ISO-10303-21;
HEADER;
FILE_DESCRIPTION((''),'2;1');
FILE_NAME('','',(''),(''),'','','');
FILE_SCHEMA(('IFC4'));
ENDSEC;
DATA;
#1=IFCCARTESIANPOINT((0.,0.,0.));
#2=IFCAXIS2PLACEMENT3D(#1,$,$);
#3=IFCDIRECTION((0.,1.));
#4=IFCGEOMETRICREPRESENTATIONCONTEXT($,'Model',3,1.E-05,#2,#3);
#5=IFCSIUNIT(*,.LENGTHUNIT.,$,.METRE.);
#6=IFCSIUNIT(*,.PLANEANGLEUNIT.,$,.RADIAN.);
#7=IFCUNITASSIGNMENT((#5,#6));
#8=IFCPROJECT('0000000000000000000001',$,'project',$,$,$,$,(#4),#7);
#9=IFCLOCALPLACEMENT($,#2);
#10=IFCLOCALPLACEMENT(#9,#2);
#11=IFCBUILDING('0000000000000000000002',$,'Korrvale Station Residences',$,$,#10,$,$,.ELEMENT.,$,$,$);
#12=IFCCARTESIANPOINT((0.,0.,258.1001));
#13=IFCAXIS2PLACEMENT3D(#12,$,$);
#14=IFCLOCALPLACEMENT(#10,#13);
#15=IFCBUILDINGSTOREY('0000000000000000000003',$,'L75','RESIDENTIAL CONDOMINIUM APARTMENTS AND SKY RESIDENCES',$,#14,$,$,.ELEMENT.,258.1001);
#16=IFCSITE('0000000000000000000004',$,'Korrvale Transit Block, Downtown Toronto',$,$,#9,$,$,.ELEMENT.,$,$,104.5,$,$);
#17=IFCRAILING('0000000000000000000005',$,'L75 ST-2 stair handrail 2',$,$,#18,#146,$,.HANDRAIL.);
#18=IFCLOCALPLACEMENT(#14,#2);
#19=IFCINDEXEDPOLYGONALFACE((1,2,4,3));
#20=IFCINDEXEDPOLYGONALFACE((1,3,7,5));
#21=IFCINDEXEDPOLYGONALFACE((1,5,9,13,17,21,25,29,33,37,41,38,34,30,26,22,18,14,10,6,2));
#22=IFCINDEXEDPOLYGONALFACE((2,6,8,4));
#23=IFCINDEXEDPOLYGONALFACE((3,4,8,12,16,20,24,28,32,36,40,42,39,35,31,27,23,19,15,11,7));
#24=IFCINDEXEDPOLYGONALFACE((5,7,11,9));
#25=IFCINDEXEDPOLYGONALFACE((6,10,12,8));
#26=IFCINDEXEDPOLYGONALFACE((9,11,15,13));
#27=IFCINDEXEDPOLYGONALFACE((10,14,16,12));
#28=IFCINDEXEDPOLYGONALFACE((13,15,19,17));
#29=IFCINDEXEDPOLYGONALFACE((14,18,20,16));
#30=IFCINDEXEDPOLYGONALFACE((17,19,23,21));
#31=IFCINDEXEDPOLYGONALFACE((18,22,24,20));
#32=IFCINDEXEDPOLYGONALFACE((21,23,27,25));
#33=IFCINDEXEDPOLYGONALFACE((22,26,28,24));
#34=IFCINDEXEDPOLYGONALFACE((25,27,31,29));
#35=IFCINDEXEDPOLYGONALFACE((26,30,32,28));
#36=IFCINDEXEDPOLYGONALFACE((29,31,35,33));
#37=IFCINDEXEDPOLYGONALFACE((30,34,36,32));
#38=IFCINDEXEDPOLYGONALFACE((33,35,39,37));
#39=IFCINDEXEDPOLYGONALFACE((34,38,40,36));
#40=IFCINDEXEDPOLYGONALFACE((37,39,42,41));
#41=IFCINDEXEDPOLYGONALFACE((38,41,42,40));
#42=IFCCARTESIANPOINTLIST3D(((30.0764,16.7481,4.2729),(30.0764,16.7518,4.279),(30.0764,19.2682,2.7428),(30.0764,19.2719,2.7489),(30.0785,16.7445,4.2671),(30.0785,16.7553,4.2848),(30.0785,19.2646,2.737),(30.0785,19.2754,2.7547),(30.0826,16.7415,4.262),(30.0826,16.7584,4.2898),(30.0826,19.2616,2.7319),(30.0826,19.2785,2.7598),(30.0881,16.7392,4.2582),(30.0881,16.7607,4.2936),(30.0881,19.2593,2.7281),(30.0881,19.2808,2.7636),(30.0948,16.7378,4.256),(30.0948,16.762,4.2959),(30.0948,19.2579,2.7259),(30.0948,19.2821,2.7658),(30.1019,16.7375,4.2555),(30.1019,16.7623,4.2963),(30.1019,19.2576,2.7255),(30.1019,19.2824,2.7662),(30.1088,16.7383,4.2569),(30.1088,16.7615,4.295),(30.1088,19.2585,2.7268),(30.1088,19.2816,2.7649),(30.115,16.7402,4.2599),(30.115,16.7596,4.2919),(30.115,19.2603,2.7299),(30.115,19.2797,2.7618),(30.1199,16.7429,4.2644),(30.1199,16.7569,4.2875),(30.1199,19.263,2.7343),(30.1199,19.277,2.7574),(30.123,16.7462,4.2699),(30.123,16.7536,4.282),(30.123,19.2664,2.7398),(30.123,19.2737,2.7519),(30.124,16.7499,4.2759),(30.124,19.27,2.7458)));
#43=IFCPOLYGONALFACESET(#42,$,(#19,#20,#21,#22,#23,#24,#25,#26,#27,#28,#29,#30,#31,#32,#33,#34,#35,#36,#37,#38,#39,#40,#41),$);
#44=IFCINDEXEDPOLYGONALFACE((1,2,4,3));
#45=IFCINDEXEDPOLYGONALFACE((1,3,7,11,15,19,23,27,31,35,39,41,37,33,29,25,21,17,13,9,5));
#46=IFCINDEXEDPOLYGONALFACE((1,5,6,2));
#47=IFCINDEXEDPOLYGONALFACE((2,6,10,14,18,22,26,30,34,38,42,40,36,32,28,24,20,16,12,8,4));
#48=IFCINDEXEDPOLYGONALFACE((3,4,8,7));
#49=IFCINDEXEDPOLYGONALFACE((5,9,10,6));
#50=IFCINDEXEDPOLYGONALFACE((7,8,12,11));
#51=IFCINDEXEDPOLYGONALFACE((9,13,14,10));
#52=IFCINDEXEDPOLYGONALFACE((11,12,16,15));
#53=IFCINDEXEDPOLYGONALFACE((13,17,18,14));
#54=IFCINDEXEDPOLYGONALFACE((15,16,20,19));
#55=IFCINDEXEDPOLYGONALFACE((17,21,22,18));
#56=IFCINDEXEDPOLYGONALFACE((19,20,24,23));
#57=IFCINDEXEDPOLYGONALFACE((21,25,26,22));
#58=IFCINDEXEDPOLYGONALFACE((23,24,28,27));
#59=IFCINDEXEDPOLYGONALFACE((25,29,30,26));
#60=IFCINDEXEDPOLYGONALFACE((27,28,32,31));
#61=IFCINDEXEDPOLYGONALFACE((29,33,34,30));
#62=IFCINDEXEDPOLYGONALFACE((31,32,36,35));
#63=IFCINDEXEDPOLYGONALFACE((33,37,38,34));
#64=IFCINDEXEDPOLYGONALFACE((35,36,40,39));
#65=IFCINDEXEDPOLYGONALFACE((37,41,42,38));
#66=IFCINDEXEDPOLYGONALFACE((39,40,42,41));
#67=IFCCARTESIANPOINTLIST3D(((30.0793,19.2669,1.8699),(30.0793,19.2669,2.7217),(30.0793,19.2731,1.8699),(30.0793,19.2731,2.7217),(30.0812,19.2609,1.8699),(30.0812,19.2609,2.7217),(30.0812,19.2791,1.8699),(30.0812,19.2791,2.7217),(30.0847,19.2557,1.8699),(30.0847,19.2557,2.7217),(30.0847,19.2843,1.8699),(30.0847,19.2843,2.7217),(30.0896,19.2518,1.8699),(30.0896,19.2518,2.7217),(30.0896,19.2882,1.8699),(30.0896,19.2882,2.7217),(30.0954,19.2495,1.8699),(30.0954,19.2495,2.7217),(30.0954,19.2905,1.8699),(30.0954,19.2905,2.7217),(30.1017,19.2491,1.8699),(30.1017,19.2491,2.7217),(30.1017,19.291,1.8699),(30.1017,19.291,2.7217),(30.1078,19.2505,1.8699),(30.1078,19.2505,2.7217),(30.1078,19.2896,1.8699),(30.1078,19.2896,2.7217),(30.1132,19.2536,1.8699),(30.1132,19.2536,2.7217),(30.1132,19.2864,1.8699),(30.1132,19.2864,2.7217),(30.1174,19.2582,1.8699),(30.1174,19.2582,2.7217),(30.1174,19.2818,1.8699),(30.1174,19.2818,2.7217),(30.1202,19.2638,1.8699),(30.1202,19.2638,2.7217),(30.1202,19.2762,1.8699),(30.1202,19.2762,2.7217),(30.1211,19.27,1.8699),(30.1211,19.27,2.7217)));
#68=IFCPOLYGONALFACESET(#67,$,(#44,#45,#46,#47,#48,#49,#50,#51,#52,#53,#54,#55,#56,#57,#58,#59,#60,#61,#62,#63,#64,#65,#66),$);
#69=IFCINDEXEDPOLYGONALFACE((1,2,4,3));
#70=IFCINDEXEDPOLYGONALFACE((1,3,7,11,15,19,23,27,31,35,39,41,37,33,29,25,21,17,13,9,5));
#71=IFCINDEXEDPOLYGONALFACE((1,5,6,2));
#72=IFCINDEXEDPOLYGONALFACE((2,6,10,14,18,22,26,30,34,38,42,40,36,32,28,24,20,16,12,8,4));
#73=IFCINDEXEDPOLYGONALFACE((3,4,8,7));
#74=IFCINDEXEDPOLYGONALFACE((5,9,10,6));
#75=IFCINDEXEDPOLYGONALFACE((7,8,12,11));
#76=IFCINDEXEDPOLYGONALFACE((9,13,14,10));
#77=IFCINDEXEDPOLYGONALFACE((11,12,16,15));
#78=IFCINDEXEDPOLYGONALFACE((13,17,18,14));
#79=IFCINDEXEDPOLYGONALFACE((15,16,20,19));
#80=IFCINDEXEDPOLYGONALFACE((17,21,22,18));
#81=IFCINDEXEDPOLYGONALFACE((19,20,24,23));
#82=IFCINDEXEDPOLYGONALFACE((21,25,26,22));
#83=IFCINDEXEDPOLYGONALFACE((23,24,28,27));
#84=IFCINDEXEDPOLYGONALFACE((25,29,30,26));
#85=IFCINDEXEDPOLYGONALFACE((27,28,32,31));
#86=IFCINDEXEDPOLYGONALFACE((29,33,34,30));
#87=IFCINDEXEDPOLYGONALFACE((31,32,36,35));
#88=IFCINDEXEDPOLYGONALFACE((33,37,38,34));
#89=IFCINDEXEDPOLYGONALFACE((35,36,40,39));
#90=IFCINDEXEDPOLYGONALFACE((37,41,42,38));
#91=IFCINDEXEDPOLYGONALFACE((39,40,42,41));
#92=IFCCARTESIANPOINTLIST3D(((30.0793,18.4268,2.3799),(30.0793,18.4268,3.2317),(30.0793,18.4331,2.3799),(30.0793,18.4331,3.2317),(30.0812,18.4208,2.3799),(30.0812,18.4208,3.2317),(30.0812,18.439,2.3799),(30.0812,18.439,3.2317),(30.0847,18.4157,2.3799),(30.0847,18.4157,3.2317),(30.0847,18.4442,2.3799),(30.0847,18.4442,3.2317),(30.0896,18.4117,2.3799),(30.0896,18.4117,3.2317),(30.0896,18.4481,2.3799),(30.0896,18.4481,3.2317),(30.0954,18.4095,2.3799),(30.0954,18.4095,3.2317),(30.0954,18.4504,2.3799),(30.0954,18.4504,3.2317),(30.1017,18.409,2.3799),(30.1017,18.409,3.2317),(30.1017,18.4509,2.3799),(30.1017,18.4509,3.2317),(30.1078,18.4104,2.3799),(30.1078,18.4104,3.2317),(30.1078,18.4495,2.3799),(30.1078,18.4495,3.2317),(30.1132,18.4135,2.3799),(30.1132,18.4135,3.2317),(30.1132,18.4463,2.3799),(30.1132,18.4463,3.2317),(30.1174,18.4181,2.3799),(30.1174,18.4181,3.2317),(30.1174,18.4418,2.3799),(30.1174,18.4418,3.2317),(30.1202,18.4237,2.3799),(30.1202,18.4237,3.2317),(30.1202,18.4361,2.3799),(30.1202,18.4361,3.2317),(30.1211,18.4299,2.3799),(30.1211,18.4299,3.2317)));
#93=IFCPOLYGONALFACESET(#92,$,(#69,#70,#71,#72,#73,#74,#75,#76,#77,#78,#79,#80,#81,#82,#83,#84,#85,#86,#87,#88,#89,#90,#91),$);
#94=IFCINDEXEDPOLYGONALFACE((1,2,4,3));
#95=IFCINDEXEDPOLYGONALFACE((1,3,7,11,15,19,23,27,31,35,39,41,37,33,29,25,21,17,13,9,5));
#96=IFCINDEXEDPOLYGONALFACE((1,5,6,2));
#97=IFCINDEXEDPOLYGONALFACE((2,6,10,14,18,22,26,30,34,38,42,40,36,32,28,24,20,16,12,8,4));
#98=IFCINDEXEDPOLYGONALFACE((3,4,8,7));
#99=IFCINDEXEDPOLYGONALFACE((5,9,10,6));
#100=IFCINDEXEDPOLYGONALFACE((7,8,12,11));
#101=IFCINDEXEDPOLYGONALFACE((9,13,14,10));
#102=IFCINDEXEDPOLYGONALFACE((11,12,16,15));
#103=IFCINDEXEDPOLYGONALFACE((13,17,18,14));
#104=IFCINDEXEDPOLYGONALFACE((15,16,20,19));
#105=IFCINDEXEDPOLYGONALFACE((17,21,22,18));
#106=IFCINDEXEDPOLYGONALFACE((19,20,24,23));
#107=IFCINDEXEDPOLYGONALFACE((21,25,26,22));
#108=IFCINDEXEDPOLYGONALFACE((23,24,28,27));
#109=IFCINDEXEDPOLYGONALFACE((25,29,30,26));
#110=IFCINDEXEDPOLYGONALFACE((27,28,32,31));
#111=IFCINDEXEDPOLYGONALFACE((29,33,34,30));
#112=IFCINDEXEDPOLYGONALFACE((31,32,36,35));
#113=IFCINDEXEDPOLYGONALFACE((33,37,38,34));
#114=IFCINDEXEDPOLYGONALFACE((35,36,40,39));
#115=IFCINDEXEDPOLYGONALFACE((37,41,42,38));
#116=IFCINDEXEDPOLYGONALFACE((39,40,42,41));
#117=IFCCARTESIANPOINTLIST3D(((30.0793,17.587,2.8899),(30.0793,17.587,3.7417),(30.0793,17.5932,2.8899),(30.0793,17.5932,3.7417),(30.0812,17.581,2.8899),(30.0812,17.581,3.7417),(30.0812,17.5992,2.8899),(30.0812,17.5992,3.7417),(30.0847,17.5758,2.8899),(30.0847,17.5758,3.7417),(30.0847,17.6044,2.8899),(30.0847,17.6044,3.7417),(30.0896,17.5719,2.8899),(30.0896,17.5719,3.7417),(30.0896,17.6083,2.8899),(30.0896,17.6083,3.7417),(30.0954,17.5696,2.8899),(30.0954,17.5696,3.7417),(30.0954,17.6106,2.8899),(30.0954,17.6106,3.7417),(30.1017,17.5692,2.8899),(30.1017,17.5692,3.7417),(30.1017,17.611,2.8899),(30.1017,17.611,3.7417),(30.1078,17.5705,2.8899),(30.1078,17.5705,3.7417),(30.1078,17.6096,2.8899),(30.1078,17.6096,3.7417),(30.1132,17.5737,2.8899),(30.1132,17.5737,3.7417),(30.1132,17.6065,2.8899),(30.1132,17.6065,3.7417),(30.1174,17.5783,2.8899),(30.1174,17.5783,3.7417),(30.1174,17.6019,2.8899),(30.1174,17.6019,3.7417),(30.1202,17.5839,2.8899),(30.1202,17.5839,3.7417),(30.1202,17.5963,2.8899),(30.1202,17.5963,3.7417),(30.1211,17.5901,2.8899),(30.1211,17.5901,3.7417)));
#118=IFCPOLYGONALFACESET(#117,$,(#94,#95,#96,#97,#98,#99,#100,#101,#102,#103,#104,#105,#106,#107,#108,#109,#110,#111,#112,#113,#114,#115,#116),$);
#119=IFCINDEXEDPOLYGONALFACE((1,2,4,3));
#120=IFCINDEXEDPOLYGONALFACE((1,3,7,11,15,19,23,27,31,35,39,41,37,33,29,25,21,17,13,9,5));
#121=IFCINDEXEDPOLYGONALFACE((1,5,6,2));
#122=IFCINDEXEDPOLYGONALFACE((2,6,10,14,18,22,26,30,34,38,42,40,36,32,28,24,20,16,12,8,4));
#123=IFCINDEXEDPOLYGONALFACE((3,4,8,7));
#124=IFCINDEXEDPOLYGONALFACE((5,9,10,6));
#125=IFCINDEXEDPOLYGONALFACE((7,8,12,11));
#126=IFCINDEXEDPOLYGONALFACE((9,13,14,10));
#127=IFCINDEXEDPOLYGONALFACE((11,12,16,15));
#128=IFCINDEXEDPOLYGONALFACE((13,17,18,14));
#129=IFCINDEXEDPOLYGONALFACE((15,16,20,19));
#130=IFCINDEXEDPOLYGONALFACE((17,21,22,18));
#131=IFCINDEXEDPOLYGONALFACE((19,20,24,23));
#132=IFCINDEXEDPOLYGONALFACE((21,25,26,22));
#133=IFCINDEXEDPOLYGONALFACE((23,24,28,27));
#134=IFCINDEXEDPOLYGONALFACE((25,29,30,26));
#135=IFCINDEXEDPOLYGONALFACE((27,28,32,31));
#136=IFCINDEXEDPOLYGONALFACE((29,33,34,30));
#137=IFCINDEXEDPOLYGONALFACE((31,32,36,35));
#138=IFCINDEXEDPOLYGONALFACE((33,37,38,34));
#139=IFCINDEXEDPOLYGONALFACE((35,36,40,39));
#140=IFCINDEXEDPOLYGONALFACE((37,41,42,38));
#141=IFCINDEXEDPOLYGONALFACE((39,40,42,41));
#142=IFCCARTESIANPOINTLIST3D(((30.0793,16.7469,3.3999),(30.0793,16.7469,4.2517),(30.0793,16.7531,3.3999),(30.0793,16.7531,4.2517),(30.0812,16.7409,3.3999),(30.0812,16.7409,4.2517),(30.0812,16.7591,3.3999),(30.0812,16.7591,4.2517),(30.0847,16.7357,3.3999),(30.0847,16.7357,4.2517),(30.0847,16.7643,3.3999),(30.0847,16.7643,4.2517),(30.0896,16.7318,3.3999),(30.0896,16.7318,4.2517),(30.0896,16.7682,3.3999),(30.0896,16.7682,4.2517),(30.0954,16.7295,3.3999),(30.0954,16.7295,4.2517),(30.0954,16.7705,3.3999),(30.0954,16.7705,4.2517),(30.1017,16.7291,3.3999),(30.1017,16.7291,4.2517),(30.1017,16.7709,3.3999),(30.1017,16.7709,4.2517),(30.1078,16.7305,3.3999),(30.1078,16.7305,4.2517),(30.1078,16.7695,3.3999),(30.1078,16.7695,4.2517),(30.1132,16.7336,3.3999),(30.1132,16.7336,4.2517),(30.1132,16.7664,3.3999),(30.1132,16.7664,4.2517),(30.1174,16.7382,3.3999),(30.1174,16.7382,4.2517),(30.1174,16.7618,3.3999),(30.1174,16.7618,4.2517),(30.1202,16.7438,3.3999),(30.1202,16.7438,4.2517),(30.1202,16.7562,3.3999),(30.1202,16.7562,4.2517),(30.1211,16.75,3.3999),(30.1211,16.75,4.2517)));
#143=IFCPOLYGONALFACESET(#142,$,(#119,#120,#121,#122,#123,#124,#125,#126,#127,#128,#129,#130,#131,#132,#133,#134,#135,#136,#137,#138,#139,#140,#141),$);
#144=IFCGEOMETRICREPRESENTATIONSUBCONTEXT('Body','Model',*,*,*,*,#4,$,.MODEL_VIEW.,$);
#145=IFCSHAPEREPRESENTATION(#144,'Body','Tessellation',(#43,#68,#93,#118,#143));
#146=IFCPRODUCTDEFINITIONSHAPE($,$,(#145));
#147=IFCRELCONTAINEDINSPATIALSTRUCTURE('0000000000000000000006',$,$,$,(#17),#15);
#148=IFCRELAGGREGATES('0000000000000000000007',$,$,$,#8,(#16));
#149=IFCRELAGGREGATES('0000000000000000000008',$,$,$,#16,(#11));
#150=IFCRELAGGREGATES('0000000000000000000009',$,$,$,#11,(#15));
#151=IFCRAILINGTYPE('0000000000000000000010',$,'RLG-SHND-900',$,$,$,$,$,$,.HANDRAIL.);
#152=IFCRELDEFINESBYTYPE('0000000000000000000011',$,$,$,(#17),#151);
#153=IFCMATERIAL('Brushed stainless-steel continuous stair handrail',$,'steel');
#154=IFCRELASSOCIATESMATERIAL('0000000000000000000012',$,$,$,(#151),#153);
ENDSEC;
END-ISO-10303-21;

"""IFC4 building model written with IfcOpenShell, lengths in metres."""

from ifc_helpers import new_model, si_unit, direction, frame, origin, origin_2d, place, context, subcontext, project, spatial, circle, extrude, material, type_object, element, save


model = new_model("IFC4")

# Units and contexts
model_context = context("Model", 3, precision=1e-05, world=origin(), true_north=direction((0.0, 1.0)))
body_context = subcontext(model_context, "Body", "Model", "MODEL_VIEW")
ifc_project = project(units=[si_unit("LENGTHUNIT", "METRE"), si_unit("PLANEANGLEUNIT", "RADIAN")], contexts=[model_context])

# Site, building, storey
site_placement = place(None, origin())
site = spatial("IfcSite", under=ifc_project, at=site_placement, Name="Korrvale Transit Block, Downtown Toronto", CompositionType="ELEMENT", RefElevation=104.5)
building_placement = place(site_placement, origin())
building = spatial("IfcBuilding", under=site, at=building_placement, Name="Korrvale Station Residences", CompositionType="ELEMENT")
storey_placement = place(building_placement, frame((0.0, 0.0, 258.1001)))
storey = spatial("IfcBuildingStorey", under=building, at=storey_placement, Name="L75", Description="RESIDENTIAL CONDOMINIUM APARTMENTS AND SKY RESIDENCES", CompositionType="ELEMENT", Elevation=258.1001)

# Railing
ifc_material_1 = material(Name="Brushed stainless-steel continuous stair handrail", Category="steel")
railing_type_1 = type_object("IfcRailingType", Name="RLG-SHND-900", PredefinedType="HANDRAIL", material=ifc_material_1)
railing_1_placement = place(storey_placement, frame((30.1001, 19.27, 1.8699)))
element("IfcRailing", 1, at=railing_1_placement, inside=storey, type_object=railing_type_1, Name="L75 ST-2 stair handrail 2", PredefinedType="HANDRAIL", context=body_context, shape_type="SweptSolid", body=[
    extrude(circle(Radius=0.0239, at=origin_2d()), frame((0.0, 0.0, 0.876), z_axis=(0.0, -0.854785, 0.518982), x_axis=(1.0, 0.0, 0.0)), (0.0, 0.0, 1.0), 2.9482),
    extrude(circle(Radius=0.021, at=origin_2d()), origin(), (0.0, 0.0, 1.0), 0.8518),
    extrude(circle(Radius=0.021, at=origin_2d()), frame((0.0, -0.8401, 0.51)), (0.0, 0.0, 1.0), 0.8518),
    extrude(circle(Radius=0.021, at=origin_2d()), frame((0.0, -1.6799, 1.02)), (0.0, 0.0, 1.0), 0.8518),
    extrude(circle(Radius=0.021, at=origin_2d()), frame((0.0, -2.52, 1.53)), (0.0, 0.0, 1.0), 0.8518),
])

save(model, "model.ifc")
